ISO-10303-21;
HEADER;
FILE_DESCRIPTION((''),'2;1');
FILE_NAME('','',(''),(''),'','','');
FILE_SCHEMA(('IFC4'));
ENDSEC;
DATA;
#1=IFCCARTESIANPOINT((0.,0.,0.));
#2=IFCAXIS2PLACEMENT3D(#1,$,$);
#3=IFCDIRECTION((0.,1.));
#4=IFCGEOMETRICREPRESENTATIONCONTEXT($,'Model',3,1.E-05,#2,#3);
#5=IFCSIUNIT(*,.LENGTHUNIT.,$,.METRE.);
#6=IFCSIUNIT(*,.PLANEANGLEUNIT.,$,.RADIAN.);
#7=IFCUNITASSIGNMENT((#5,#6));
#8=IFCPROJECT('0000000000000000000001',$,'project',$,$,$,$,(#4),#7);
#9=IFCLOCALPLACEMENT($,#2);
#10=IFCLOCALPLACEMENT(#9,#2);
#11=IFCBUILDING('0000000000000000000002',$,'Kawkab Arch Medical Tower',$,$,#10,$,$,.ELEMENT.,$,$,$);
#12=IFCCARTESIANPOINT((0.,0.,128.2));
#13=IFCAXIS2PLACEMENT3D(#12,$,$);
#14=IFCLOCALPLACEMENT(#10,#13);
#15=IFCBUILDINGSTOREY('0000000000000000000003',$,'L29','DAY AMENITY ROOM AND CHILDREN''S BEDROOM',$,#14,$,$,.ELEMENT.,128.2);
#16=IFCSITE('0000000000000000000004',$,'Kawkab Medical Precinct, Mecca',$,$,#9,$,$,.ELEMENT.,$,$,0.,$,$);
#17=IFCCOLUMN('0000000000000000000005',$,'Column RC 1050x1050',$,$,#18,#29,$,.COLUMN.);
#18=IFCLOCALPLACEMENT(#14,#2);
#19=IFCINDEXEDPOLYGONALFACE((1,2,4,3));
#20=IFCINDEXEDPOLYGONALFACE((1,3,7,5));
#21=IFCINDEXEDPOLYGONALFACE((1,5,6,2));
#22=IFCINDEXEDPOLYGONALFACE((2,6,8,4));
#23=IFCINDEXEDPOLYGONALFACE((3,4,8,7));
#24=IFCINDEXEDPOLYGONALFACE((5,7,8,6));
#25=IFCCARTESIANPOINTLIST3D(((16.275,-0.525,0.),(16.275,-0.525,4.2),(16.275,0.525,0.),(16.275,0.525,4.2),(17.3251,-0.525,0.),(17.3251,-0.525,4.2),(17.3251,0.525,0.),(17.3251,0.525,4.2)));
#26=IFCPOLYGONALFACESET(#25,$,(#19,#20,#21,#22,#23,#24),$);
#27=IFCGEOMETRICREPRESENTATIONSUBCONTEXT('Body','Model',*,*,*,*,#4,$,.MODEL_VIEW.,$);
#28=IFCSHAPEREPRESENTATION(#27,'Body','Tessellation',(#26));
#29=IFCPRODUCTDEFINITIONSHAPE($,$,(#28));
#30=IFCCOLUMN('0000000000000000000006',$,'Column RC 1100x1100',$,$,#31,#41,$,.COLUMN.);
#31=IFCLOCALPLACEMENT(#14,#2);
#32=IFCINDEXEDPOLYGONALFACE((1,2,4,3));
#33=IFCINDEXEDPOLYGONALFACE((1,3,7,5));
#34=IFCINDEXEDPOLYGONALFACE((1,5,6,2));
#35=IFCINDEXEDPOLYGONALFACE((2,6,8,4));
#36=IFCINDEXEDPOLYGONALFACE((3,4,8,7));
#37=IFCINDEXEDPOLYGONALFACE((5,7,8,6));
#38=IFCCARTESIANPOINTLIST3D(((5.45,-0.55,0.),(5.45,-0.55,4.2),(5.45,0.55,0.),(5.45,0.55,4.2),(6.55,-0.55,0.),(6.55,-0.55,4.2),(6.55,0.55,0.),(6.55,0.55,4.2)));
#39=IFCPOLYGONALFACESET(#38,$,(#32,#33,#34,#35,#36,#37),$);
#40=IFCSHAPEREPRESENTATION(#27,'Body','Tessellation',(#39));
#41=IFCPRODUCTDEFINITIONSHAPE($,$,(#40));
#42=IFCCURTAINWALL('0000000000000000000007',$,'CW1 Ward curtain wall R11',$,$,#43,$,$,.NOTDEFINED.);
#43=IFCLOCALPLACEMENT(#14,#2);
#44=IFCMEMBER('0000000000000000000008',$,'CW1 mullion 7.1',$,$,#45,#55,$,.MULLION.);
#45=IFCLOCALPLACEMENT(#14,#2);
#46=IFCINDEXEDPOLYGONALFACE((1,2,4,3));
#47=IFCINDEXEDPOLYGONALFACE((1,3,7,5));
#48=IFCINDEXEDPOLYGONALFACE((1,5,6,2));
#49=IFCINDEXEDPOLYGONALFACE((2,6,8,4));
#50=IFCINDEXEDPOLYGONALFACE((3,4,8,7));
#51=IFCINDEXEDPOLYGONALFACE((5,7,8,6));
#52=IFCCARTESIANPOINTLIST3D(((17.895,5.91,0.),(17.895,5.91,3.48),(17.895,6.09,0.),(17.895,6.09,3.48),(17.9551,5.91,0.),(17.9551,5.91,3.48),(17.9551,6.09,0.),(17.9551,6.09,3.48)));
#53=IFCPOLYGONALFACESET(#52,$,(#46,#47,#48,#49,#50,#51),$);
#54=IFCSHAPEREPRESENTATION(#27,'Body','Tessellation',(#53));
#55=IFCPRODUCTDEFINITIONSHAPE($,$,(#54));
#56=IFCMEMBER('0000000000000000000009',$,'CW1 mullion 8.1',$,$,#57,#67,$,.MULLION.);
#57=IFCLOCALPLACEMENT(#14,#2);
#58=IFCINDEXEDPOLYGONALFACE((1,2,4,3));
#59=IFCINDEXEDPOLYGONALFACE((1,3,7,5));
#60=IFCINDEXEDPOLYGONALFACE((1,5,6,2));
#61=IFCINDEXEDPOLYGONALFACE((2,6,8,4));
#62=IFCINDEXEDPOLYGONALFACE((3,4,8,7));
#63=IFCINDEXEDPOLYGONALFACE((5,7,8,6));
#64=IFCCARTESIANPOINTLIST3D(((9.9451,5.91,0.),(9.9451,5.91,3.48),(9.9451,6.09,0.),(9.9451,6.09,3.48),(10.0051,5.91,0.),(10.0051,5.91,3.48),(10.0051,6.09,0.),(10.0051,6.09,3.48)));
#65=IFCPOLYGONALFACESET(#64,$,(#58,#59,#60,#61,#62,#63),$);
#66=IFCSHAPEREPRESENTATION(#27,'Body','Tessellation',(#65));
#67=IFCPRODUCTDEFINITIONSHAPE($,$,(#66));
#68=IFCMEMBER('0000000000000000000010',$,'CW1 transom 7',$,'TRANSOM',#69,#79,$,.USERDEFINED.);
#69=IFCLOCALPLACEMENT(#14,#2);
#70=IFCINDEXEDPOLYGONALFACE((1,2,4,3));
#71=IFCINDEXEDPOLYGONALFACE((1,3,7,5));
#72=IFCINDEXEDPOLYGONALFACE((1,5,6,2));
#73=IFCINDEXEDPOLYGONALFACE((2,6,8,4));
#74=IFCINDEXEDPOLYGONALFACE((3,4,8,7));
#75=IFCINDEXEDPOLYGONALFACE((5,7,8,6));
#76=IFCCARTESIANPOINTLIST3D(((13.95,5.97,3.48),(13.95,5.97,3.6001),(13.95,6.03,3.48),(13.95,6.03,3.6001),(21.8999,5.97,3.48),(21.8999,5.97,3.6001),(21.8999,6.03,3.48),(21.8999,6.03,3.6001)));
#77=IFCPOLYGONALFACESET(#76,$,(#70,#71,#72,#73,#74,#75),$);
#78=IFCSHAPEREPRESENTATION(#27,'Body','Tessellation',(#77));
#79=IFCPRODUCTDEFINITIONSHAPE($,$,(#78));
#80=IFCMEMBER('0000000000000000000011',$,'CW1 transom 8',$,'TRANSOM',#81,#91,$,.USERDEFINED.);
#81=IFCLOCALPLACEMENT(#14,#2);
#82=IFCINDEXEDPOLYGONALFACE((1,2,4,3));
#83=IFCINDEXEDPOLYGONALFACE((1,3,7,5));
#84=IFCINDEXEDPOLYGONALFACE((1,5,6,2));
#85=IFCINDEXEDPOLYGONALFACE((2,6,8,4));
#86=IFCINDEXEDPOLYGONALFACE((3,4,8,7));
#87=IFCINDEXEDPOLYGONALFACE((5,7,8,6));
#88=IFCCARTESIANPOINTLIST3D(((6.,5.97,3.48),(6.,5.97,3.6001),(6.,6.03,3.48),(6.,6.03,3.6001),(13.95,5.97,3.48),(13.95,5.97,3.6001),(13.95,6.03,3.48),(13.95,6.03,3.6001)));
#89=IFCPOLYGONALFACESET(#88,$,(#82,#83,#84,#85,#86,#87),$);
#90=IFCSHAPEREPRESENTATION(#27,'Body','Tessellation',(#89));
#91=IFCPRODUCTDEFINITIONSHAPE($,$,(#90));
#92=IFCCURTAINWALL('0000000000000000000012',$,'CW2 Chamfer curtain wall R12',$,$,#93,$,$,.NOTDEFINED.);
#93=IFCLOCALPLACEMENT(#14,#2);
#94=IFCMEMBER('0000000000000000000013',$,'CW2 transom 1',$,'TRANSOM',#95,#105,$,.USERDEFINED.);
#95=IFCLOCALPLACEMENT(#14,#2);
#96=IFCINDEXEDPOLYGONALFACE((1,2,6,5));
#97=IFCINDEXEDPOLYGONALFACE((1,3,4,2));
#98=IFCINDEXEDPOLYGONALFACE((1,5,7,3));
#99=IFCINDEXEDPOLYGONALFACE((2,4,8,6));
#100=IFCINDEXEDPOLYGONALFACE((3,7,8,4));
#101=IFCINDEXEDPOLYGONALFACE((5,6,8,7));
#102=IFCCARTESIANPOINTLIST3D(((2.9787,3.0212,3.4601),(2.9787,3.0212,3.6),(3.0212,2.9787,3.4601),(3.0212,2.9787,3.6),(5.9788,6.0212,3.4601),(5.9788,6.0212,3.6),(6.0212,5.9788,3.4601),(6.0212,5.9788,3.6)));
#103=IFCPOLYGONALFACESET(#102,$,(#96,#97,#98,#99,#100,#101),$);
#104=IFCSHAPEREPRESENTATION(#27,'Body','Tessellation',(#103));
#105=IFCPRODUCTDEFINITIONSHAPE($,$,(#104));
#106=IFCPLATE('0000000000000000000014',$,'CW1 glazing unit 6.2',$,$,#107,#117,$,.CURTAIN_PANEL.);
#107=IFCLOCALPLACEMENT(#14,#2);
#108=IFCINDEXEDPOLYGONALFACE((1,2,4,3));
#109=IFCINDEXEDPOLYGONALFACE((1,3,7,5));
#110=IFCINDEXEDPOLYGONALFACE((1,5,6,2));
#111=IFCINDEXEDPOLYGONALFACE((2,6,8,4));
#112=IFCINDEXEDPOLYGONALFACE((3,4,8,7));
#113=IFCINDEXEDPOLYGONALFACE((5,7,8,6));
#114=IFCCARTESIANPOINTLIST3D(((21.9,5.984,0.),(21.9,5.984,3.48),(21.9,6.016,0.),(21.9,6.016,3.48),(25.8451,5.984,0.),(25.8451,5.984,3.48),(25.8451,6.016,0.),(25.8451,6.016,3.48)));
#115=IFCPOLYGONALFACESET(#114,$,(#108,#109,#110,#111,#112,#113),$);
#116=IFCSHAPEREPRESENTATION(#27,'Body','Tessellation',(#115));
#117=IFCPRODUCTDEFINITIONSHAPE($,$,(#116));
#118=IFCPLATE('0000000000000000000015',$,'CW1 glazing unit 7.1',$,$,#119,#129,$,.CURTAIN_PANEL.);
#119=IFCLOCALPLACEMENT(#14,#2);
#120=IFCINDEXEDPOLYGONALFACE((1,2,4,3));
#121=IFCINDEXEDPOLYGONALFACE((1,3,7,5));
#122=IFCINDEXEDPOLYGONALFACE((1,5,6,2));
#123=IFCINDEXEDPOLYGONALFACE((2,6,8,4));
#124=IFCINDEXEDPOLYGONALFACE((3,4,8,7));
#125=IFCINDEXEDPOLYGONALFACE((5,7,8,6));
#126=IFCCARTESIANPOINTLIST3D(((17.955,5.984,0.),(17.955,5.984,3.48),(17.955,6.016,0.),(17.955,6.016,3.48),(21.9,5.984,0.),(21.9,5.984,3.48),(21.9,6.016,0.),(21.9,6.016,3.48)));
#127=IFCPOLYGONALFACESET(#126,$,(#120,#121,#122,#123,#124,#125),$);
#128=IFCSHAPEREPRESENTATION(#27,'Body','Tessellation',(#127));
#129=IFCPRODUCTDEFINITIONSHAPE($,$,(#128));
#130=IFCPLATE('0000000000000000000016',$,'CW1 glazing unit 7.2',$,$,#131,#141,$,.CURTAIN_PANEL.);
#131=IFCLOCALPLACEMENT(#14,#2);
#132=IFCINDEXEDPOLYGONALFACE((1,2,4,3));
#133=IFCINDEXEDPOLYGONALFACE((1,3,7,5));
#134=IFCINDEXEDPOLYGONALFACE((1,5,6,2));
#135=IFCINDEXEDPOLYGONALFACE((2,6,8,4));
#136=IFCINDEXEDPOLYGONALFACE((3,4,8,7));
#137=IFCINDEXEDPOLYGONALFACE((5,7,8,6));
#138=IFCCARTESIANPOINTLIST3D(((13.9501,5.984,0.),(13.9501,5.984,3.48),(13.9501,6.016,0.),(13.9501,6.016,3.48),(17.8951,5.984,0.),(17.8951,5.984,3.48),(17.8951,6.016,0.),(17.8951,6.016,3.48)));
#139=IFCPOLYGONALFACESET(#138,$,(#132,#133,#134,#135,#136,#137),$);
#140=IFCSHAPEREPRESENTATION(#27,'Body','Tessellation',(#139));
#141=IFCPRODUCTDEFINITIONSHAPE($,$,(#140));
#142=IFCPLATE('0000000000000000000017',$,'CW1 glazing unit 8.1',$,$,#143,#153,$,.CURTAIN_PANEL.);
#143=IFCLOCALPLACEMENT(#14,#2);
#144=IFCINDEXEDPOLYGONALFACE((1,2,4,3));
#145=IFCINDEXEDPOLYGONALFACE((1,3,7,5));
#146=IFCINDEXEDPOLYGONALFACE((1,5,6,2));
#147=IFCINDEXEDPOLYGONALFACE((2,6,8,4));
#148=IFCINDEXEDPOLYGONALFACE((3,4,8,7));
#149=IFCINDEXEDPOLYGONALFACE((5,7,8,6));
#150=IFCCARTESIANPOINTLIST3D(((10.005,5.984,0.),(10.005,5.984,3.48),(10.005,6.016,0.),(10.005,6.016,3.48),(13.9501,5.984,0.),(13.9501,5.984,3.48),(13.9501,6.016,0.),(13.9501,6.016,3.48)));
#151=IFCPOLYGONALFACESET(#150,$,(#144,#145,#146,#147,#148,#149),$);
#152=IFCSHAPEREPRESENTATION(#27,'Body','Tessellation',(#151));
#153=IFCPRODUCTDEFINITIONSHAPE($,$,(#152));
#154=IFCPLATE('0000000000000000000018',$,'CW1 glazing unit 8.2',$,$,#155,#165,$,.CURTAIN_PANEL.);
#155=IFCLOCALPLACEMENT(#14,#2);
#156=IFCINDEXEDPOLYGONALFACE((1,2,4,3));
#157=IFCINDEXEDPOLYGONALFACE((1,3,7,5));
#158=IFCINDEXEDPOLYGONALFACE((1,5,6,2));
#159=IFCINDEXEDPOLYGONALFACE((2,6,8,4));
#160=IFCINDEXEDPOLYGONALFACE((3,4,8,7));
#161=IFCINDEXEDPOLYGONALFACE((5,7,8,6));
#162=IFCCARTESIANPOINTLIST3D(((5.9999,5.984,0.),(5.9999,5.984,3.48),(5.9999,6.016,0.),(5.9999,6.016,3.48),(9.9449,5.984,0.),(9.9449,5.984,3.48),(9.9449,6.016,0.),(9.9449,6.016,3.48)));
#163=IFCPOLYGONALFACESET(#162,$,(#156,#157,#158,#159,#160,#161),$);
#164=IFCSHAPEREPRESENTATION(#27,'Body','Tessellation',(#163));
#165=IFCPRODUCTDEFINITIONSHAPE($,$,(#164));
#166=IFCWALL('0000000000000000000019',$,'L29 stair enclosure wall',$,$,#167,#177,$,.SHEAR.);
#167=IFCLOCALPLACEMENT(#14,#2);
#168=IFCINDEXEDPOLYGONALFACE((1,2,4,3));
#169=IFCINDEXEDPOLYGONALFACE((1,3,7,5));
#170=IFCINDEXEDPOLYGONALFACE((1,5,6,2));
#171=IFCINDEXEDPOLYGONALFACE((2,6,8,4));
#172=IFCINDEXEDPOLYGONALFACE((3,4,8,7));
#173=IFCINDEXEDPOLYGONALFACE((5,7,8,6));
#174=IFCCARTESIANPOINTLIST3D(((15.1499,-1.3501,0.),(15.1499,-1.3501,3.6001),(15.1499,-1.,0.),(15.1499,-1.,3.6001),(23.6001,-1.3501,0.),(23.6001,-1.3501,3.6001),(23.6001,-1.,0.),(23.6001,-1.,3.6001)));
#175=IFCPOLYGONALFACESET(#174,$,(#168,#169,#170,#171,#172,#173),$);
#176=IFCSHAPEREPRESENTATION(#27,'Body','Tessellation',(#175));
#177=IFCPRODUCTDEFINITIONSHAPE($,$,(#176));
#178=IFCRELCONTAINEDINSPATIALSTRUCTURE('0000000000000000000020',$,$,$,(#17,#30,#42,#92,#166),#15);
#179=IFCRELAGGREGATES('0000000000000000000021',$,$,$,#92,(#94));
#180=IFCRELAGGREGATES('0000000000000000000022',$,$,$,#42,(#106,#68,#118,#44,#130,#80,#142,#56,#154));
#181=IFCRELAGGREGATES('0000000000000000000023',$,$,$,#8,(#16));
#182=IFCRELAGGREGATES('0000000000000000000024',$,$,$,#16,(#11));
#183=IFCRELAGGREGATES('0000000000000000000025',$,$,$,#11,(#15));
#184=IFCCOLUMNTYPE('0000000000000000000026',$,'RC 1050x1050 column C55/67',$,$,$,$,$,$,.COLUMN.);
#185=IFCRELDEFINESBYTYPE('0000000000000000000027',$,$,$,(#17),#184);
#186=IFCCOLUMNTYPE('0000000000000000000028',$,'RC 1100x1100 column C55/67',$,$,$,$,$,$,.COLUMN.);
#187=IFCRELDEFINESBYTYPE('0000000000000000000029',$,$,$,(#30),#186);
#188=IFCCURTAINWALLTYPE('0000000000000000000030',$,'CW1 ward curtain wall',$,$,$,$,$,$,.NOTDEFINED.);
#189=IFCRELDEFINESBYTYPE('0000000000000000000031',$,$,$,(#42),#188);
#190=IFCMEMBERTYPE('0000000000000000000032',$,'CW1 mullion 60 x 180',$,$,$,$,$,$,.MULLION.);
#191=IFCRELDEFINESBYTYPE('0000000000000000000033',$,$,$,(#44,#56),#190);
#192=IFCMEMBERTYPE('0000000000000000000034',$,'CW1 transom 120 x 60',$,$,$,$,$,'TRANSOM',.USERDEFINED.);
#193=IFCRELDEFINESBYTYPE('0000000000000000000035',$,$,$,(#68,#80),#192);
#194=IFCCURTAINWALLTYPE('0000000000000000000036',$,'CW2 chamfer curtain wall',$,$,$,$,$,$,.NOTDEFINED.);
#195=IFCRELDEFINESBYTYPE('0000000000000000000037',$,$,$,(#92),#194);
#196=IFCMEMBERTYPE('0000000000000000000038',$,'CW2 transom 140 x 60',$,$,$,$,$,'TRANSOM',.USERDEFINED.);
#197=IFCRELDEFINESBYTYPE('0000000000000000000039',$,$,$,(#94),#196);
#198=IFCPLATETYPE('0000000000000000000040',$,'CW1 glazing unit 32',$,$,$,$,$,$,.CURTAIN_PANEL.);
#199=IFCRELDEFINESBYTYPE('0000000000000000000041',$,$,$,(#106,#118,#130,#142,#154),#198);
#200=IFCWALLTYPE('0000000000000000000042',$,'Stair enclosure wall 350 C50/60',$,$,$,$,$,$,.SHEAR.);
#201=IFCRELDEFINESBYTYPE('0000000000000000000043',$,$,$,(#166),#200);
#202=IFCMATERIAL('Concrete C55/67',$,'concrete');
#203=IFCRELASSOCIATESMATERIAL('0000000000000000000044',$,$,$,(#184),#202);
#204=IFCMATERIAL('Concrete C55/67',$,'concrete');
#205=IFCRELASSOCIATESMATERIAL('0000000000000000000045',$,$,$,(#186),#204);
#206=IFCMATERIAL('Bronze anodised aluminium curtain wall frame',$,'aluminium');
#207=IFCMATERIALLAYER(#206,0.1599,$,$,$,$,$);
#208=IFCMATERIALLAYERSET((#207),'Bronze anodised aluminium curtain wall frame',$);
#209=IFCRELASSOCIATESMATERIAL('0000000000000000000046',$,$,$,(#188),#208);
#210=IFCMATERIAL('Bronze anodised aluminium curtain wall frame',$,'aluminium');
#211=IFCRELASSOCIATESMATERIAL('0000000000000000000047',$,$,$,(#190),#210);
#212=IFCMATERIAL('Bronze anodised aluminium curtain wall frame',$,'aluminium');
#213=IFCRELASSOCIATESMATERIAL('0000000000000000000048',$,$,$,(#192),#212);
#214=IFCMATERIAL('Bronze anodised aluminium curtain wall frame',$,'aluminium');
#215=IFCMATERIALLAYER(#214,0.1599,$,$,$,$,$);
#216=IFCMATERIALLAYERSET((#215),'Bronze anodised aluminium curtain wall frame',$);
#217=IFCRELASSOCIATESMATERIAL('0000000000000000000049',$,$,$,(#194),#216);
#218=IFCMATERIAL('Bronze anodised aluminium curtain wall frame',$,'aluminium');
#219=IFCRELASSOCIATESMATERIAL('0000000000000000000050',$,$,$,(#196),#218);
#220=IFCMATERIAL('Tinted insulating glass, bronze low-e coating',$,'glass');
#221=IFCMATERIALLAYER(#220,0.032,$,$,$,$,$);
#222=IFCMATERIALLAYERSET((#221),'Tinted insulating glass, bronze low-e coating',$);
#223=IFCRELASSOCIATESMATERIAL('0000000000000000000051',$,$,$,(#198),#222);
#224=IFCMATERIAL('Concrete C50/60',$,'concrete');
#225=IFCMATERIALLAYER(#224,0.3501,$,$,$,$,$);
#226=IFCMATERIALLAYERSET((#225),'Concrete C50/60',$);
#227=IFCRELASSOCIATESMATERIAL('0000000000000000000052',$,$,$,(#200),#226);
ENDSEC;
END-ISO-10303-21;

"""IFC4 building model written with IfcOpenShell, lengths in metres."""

from ifc_helpers import new_model, si_unit, direction, frame, frame_2d, origin, origin_2d, place, context, subcontext, project, spatial, rectangle, extrude, material, layer, layer_set, material_profile, profile_set, type_object, element, aggregate, save


model = new_model("IFC4")

# Units and contexts
model_context = context("Model", 3, precision=1e-05, world=origin(), true_north=direction((0.0, 1.0)))
body_context = subcontext(model_context, "Body", "Model", "MODEL_VIEW")
ifc_project = project(units=[si_unit("LENGTHUNIT", "METRE"), si_unit("PLANEANGLEUNIT", "RADIAN")], contexts=[model_context])

# Site, building, storey
site_placement = place(None, origin())
site = spatial("IfcSite", under=ifc_project, at=site_placement, Name="Kawkab Medical Precinct, Mecca", CompositionType="ELEMENT", RefElevation=0.0)
building_placement = place(site_placement, origin())
building = spatial("IfcBuilding", under=site, at=building_placement, Name="Kawkab Arch Medical Tower", CompositionType="ELEMENT")
storey_placement = place(building_placement, frame((0.0, 0.0, 128.2)))
storey = spatial("IfcBuildingStorey", under=building, at=storey_placement, Name="L29", Description="DAY AMENITY ROOM AND CHILDREN'S BEDROOM", CompositionType="ELEMENT", Elevation=128.2)

# Columns
ifc_material_1 = material(Name="Concrete C55/67", Category="concrete")
ifc_material_profile_1 = material_profile(ifc_material_1, rectangle(XDim=1.05, YDim=1.05, at=origin_2d()), Name="RC 1050x1050")
ifc_profile_set_1 = profile_set([ifc_material_profile_1], Name="Concrete C55/67")
column_type_1 = type_object("IfcColumnType", Name="RC 1050x1050 column C55/67", PredefinedType="COLUMN", material=ifc_profile_set_1)
column_1_placement = place(storey_placement, frame((16.8, 0.0, 0.0), z_axis=(0.0, 0.0, 1.0), x_axis=(1.0, 0.0, 0.0)))
element("IfcColumn", 1, at=column_1_placement, inside=storey, type_object=column_type_1, Name="Column RC 1050x1050", PredefinedType="COLUMN", context=body_context, shape_type="SweptSolid", body=[
    extrude(rectangle(XDim=1.05, YDim=1.05, at=origin_2d()), origin(), (0.0, 0.0, 1.0), 4.2),
])
ifc_material_2 = material(Name="Concrete C55/67", Category="concrete")
ifc_material_profile_2 = material_profile(ifc_material_2, rectangle(XDim=1.1001, YDim=1.1001, at=origin_2d()), Name="RC 1100x1100")
ifc_profile_set_2 = profile_set([ifc_material_profile_2], Name="Concrete C55/67")
column_type_2 = type_object("IfcColumnType", Name="RC 1100x1100 column C55/67", PredefinedType="COLUMN", material=ifc_profile_set_2)
column_2_placement = place(storey_placement, frame((6.0, 0.0, 0.0), z_axis=(0.0, 0.0, 1.0), x_axis=(1.0, 0.0, 0.0)))
element("IfcColumn", 2, at=column_2_placement, inside=storey, type_object=column_type_2, Name="Column RC 1100x1100", PredefinedType="COLUMN", context=body_context, shape_type="SweptSolid", body=[
    extrude(rectangle(XDim=1.1001, YDim=1.1001, at=origin_2d()), origin(), (0.0, 0.0, 1.0), 4.2),
])

# Curtain wall, members
ifc_material_3 = material(Name="Bronze anodised aluminium curtain wall frame", Category="aluminium")
ifc_layer_1 = layer(ifc_material_3, 0.1599)
ifc_layer_set_1 = layer_set([ifc_layer_1], Name="Bronze anodised aluminium curtain wall frame")
curtain_wall_type_1 = type_object("IfcCurtainWallType", Name="CW1 ward curtain wall", PredefinedType="NOTDEFINED", material=ifc_layer_set_1)
placement = place(storey_placement, origin())
curtain_wall_1 = element("IfcCurtainWall", 3, at=placement, inside=storey, type_object=curtain_wall_type_1, Name="CW1 Ward curtain wall R11", PredefinedType="NOTDEFINED")
ifc_material_4 = material(Name="Bronze anodised aluminium curtain wall frame", Category="aluminium")
ifc_material_profile_3 = material_profile(ifc_material_4, rectangle(XDim=0.1799, YDim=0.0601, at=origin_2d()), Name="AL 60x180")
ifc_profile_set_3 = profile_set([ifc_material_profile_3], Name="Bronze anodised aluminium curtain wall frame")
member_type_1 = type_object("IfcMemberType", Name="CW1 mullion 60 x 180", PredefinedType="MULLION", material=ifc_profile_set_3)
member_1_placement = place(storey_placement, frame((17.925, 6.0, 0.0), z_axis=(0.0, 0.0, 1.0), x_axis=(0.0, -1.0, 0.0)))
member_1 = element("IfcMember", 4, at=member_1_placement, type_object=member_type_1, Name="CW1 mullion 7.1", PredefinedType="MULLION", context=body_context, shape_type="SweptSolid", body=[
    extrude(rectangle(XDim=0.1799, YDim=0.0601, at=origin_2d()), origin(), (0.0, 0.0, 1.0), 3.48),
])
member_2_placement = place(storey_placement, frame((9.9751, 6.0, 0.0), z_axis=(0.0, 0.0, 1.0), x_axis=(0.0, -1.0, 0.0)))
member_2 = element("IfcMember", 5, at=member_2_placement, type_object=member_type_1, Name="CW1 mullion 8.1", PredefinedType="MULLION", context=body_context, shape_type="SweptSolid", body=[
    extrude(rectangle(XDim=0.1799, YDim=0.0601, at=origin_2d()), origin(), (0.0, 0.0, 1.0), 3.48),
])
ifc_material_5 = material(Name="Bronze anodised aluminium curtain wall frame", Category="aluminium")
ifc_material_profile_4 = material_profile(ifc_material_5, rectangle(XDim=0.0601, YDim=0.1201, at=origin_2d()), Name="AL 60x120")
ifc_profile_set_4 = profile_set([ifc_material_profile_4], Name="Bronze anodised aluminium curtain wall frame")
member_type_2 = type_object("IfcMemberType", Name="CW1 transom 120 x 60", ElementType="TRANSOM", PredefinedType="USERDEFINED", material=ifc_profile_set_4)
member_3_placement = place(storey_placement, frame((21.8999, 6.0, 3.54), z_axis=(-1.0, 0.0, 0.0), x_axis=(0.0, -1.0, 0.0)))
member_3 = element("IfcMember", 6, at=member_3_placement, type_object=member_type_2, Name="CW1 transom 7", ObjectType="TRANSOM", PredefinedType="USERDEFINED", context=body_context, shape_type="SweptSolid", body=[
    extrude(rectangle(XDim=0.0601, YDim=0.1201, at=origin_2d()), origin(), (0.0, 0.0, 1.0), 7.95),
])
member_4_placement = place(storey_placement, frame((13.95, 6.0, 3.54), z_axis=(-1.0, 0.0, 0.0), x_axis=(0.0, -1.0, 0.0)))
member_4 = element("IfcMember", 7, at=member_4_placement, type_object=member_type_2, Name="CW1 transom 8", ObjectType="TRANSOM", PredefinedType="USERDEFINED", context=body_context, shape_type="SweptSolid", body=[
    extrude(rectangle(XDim=0.0601, YDim=0.1201, at=origin_2d()), origin(), (0.0, 0.0, 1.0), 7.95),
])

# Curtain wall, member
ifc_material_6 = material(Name="Bronze anodised aluminium curtain wall frame", Category="aluminium")
ifc_layer_2 = layer(ifc_material_6, 0.1599)
ifc_layer_set_2 = layer_set([ifc_layer_2], Name="Bronze anodised aluminium curtain wall frame")
curtain_wall_type_2 = type_object("IfcCurtainWallType", Name="CW2 chamfer curtain wall", PredefinedType="NOTDEFINED", material=ifc_layer_set_2)
curtain_wall_2 = element("IfcCurtainWall", 8, at=placement, inside=storey, type_object=curtain_wall_type_2, Name="CW2 Chamfer curtain wall R12", PredefinedType="NOTDEFINED")
ifc_material_7 = material(Name="Bronze anodised aluminium curtain wall frame", Category="aluminium")
ifc_material_profile_5 = material_profile(ifc_material_7, rectangle(XDim=0.0601, YDim=0.1399, at=origin_2d()), Name="AL 60x140")
ifc_profile_set_5 = profile_set([ifc_material_profile_5], Name="Bronze anodised aluminium curtain wall frame")
member_type_3 = type_object("IfcMemberType", Name="CW2 transom 140 x 60", ElementType="TRANSOM", PredefinedType="USERDEFINED", material=ifc_profile_set_5)
member_5_placement = place(storey_placement, frame((6.0, 6.0, 3.53), z_axis=(-0.707107, -0.707107, 0.0), x_axis=(0.707107, -0.707107, 0.0)))
member_5 = element("IfcMember", 9, at=member_5_placement, type_object=member_type_3, Name="CW2 transom 1", ObjectType="TRANSOM", PredefinedType="USERDEFINED", context=body_context, shape_type="SweptSolid", body=[
    extrude(rectangle(XDim=0.0601, YDim=0.1399, at=origin_2d()), origin(), (0.0, 0.0, 1.0), 4.2427),
])
aggregate(curtain_wall_2, [member_5])

# Plates
ifc_material_8 = material(Name="Tinted insulating glass, bronze low-e coating", Category="glass")
ifc_layer_3 = layer(ifc_material_8, 0.032)
ifc_layer_set_3 = layer_set([ifc_layer_3], Name="Tinted insulating glass, bronze low-e coating")
plate_type = type_object("IfcPlateType", Name="CW1 glazing unit 32", PredefinedType="CURTAIN_PANEL", material=ifc_layer_set_3)
plate_1_placement = place(storey_placement, frame((23.8726, 6.0, 0.0), z_axis=(0.0, 0.0, 1.0), x_axis=(-1.0, 0.0, 0.0)))
plate_1 = element("IfcPlate", 10, at=plate_1_placement, type_object=plate_type, Name="CW1 glazing unit 6.2", PredefinedType="CURTAIN_PANEL", context=body_context, shape_type="SweptSolid", body=[
    extrude(rectangle(XDim=3.9451, YDim=0.032, at=origin_2d()), origin(), (0.0, 0.0, 1.0), 3.48),
])
plate_2_placement = place(storey_placement, frame((19.9275, 6.0, 0.0), z_axis=(0.0, 0.0, 1.0), x_axis=(-1.0, 0.0, 0.0)))
plate_2 = element("IfcPlate", 11, at=plate_2_placement, type_object=plate_type, Name="CW1 glazing unit 7.1", PredefinedType="CURTAIN_PANEL", context=body_context, shape_type="SweptSolid", body=[
    extrude(rectangle(XDim=3.9451, YDim=0.032, at=origin_2d()), origin(), (0.0, 0.0, 1.0), 3.48),
])
plate_3_placement = place(storey_placement, frame((15.9226, 6.0, 0.0), z_axis=(0.0, 0.0, 1.0), x_axis=(-1.0, 0.0, 0.0)))
plate_3 = element("IfcPlate", 12, at=plate_3_placement, type_object=plate_type, Name="CW1 glazing unit 7.2", PredefinedType="CURTAIN_PANEL", context=body_context, shape_type="SweptSolid", body=[
    extrude(rectangle(XDim=3.9451, YDim=0.032, at=origin_2d()), origin(), (0.0, 0.0, 1.0), 3.48),
])
plate_4_placement = place(storey_placement, frame((11.9775, 6.0, 0.0), z_axis=(0.0, 0.0, 1.0), x_axis=(-1.0, 0.0, 0.0)))
plate_4 = element("IfcPlate", 13, at=plate_4_placement, type_object=plate_type, Name="CW1 glazing unit 8.1", PredefinedType="CURTAIN_PANEL", context=body_context, shape_type="SweptSolid", body=[
    extrude(rectangle(XDim=3.9451, YDim=0.032, at=origin_2d()), origin(), (0.0, 0.0, 1.0), 3.48),
])
plate_5_placement = place(storey_placement, frame((7.9724, 6.0, 0.0), z_axis=(0.0, 0.0, 1.0), x_axis=(-1.0, 0.0, 0.0)))
plate_5 = element("IfcPlate", 14, at=plate_5_placement, type_object=plate_type, Name="CW1 glazing unit 8.2", PredefinedType="CURTAIN_PANEL", context=body_context, shape_type="SweptSolid", body=[
    extrude(rectangle(XDim=3.9451, YDim=0.032, at=origin_2d()), origin(), (0.0, 0.0, 1.0), 3.48),
])
aggregate(curtain_wall_1, [plate_1, member_3, plate_2, member_1, plate_3, member_4, plate_4, member_2, plate_5])

# Wall
ifc_material_9 = material(Name="Concrete C50/60", Category="concrete")
ifc_layer_4 = layer(ifc_material_9, 0.3501)
ifc_layer_set_4 = layer_set([ifc_layer_4], Name="Concrete C50/60")
wall_type = type_object("IfcWallType", Name="Stair enclosure wall 350 C50/60", PredefinedType="SHEAR", material=ifc_layer_set_4)
wall_placement = place(storey_placement, frame((15.1499, -1.175, 0.0), z_axis=(0.0, 0.0, 1.0), x_axis=(1.0, 0.0, 0.0)))
element("IfcWall", 15, at=wall_placement, inside=storey, type_object=wall_type, Name="L29 stair enclosure wall", PredefinedType="SHEAR", context=body_context, shape_type="SweptSolid", body=[
    extrude(rectangle(XDim=8.4502, YDim=0.3501, at=frame_2d((4.2251, 0.0))), origin(), (0.0, 0.0, 1.0), 3.6001),
])

save(model, "model.ifc")
